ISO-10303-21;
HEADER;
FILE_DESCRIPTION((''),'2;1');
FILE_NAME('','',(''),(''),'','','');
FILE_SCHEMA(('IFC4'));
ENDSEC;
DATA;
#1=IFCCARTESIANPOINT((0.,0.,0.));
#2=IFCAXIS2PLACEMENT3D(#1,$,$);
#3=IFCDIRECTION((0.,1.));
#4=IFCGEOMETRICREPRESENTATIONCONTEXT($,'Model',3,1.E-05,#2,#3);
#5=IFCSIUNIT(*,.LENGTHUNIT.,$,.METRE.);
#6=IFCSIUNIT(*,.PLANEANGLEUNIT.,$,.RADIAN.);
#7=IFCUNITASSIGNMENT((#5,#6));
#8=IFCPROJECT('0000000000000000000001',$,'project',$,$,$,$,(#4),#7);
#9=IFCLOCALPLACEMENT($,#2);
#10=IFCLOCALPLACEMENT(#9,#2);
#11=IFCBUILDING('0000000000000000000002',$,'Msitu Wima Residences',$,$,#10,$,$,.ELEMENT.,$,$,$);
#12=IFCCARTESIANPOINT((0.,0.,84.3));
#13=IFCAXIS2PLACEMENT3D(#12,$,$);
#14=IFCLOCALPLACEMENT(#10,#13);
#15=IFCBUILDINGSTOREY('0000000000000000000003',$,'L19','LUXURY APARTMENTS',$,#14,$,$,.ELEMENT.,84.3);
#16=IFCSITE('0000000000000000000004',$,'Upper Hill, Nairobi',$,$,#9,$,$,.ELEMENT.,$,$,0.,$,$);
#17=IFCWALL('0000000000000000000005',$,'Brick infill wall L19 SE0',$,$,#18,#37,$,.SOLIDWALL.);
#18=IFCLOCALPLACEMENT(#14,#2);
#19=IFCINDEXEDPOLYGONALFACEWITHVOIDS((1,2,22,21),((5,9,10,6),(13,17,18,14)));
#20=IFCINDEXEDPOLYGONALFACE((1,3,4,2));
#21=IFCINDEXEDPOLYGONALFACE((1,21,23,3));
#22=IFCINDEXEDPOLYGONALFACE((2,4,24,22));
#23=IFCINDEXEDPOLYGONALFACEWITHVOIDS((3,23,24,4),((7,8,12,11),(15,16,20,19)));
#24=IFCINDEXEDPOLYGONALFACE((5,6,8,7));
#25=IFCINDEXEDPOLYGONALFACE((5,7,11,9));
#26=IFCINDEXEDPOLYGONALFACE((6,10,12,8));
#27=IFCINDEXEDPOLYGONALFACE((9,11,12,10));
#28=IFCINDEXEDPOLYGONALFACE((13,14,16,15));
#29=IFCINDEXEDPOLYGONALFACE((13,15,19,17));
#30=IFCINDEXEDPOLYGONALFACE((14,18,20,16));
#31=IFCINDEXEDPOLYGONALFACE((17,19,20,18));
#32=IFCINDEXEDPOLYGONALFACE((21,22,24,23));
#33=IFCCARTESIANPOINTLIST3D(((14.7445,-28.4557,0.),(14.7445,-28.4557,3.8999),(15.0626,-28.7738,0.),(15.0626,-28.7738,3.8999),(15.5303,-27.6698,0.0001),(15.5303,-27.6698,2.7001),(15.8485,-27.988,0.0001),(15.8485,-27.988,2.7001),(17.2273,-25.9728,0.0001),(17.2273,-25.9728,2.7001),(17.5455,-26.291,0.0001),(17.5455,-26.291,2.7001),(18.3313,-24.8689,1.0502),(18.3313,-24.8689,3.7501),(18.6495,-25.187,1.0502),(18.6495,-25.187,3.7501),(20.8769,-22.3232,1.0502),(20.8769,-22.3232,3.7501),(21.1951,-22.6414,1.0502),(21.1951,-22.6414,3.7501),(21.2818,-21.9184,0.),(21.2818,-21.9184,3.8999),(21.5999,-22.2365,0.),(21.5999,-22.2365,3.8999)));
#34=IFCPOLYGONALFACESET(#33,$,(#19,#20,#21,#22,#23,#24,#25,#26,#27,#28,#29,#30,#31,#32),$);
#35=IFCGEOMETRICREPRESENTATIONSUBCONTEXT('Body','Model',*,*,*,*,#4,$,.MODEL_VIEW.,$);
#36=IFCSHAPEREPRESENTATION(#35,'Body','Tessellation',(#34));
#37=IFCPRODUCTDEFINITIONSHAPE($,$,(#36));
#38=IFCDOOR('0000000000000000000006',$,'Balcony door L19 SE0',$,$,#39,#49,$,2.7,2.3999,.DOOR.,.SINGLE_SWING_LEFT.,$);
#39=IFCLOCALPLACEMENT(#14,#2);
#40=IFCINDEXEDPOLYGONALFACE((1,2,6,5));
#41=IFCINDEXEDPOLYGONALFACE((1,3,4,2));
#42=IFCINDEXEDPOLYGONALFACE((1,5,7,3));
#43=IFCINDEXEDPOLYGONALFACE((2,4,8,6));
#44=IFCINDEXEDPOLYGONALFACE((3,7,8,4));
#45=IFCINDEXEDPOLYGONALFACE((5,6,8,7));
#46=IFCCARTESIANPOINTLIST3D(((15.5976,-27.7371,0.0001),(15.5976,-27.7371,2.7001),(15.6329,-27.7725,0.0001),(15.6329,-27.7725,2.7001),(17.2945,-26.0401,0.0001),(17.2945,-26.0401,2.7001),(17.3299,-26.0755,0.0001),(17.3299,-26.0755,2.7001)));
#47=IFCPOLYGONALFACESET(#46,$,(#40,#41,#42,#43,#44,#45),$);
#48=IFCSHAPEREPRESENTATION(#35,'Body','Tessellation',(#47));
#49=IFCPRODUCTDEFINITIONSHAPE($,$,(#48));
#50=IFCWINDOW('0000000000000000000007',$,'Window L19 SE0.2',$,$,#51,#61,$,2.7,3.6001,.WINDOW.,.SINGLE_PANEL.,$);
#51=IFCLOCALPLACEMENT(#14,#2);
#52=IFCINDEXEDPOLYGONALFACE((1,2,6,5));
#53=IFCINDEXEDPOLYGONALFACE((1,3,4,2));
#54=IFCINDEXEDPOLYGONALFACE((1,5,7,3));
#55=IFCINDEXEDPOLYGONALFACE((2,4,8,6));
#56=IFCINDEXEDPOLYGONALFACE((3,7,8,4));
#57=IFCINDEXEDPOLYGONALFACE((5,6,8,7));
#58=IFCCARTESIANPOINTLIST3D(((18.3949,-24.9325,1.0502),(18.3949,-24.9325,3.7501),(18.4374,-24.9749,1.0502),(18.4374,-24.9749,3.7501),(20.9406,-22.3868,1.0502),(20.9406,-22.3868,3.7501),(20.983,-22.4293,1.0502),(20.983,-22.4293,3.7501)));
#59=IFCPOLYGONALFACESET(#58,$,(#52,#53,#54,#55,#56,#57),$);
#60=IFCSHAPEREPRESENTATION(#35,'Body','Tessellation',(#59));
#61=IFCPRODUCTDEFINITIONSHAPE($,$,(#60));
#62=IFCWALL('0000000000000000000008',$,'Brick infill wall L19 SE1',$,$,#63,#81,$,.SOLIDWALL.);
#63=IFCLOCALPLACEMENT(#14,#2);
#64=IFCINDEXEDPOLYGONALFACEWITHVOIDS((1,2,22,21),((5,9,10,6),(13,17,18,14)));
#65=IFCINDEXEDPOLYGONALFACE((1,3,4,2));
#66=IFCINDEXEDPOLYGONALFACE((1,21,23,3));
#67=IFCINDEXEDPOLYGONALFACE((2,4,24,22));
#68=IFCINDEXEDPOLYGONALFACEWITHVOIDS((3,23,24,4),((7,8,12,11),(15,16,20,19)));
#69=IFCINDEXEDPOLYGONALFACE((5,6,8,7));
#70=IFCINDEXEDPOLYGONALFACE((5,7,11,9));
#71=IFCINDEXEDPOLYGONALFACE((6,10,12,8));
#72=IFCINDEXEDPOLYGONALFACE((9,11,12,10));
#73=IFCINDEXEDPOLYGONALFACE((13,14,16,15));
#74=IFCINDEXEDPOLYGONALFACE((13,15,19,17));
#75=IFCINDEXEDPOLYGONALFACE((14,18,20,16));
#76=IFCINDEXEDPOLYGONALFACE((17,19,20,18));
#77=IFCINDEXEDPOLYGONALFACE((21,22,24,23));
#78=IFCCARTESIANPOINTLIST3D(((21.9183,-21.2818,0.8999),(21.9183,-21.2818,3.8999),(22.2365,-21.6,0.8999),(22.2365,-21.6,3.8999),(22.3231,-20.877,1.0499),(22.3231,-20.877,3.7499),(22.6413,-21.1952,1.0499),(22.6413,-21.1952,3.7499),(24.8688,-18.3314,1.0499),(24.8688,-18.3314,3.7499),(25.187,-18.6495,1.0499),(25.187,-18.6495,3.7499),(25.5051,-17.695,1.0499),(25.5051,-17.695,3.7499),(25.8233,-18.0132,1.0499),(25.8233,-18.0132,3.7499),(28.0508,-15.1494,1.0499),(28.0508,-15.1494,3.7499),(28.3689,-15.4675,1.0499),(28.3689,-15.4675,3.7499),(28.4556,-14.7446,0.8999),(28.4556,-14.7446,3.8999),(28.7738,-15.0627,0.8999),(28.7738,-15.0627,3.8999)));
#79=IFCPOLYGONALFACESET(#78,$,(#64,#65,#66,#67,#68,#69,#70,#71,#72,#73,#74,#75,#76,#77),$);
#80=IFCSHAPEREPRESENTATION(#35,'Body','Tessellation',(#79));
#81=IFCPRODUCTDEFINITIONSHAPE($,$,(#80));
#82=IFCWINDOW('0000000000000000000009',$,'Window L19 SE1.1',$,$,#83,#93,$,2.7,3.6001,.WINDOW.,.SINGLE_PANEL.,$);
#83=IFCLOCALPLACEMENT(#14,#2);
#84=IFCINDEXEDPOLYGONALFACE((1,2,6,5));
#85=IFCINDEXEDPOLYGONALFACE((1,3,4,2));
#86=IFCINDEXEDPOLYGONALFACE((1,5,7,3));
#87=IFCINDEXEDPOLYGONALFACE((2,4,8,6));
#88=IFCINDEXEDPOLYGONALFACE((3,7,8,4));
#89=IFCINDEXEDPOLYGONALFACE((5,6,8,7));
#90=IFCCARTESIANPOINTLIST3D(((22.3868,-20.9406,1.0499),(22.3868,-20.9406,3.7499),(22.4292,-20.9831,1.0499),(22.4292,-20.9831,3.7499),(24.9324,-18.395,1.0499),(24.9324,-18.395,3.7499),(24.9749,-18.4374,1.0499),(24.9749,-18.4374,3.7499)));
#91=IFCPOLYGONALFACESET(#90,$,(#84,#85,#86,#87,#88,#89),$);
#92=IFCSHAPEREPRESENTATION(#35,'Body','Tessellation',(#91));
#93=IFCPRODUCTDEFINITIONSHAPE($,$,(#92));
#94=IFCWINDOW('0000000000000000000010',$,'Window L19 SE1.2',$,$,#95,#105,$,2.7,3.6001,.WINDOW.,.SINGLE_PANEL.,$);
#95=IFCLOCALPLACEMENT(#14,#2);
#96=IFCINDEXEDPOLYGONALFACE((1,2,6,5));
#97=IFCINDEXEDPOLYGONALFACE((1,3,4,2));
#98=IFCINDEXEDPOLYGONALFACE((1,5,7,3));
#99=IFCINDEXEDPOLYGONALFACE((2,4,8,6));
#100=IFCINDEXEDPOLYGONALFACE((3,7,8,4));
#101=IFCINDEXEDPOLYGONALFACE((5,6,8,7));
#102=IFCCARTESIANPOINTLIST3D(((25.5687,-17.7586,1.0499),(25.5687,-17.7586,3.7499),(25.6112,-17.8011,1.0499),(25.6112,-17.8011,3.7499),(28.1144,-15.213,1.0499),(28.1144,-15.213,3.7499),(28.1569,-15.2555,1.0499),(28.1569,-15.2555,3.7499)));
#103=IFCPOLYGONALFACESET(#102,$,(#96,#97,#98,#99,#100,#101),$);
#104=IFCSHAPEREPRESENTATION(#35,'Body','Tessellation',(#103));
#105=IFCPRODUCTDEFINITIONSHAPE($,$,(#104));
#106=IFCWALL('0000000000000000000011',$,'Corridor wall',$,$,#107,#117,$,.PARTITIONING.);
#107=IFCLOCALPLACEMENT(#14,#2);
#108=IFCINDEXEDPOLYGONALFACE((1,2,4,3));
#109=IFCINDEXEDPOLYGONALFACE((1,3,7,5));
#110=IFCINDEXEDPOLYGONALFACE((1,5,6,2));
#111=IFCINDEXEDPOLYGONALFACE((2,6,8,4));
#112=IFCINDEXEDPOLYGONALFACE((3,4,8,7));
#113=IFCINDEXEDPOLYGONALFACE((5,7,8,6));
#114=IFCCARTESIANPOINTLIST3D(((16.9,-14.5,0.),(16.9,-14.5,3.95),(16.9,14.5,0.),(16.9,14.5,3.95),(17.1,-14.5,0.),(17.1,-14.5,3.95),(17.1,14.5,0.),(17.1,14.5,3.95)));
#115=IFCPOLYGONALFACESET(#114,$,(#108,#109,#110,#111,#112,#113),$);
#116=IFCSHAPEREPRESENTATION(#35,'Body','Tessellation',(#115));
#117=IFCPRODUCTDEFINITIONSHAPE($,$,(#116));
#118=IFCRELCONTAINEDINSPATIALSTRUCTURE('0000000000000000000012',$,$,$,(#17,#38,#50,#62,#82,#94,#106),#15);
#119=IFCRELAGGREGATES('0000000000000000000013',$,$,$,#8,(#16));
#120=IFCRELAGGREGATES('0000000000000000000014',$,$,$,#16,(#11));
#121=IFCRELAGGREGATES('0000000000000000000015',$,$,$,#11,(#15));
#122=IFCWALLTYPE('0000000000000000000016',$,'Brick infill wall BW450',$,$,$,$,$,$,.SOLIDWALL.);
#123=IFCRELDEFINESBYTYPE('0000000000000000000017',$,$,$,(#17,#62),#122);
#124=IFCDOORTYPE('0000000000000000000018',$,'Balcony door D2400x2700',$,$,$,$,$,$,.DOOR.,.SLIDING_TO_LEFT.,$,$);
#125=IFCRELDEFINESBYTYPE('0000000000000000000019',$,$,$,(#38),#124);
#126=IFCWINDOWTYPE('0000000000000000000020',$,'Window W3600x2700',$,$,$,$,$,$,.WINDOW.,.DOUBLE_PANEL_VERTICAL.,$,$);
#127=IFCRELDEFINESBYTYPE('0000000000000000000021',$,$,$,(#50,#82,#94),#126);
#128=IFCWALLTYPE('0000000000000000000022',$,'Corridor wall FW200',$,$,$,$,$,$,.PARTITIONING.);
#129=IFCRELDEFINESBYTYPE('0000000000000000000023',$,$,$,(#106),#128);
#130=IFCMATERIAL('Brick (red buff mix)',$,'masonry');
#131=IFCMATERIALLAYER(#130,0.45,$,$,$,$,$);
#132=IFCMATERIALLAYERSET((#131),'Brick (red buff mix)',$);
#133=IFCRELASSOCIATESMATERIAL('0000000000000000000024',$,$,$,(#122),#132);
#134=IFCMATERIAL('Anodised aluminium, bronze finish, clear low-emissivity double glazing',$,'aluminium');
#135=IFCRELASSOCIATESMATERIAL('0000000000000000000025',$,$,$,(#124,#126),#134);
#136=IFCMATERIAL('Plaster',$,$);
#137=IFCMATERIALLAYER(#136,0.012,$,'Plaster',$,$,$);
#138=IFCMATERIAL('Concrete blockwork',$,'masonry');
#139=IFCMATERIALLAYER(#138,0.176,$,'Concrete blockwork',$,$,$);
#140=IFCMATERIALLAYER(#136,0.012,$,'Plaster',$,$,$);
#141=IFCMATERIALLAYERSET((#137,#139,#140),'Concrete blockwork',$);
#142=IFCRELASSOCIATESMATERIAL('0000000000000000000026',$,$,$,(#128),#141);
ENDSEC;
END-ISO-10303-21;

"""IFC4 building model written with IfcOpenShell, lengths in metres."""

from ifc_helpers import new_model, si_unit, direction, frame, frame_2d, origin, place, context, subcontext, project, spatial, rectangle, extrude, material, layer, layer_set, type_object, element, fill, save


model = new_model("IFC4")

# Units and contexts
model_context = context("Model", 3, precision=1e-05, world=origin(), true_north=direction((0.0, 1.0)))
body_context = subcontext(model_context, "Body", "Model", "MODEL_VIEW")
ifc_project = project(units=[si_unit("LENGTHUNIT", "METRE"), si_unit("PLANEANGLEUNIT", "RADIAN")], contexts=[model_context])

# Site, building, storey
site_placement = place(None, origin())
site = spatial("IfcSite", under=ifc_project, at=site_placement, Name="Upper Hill, Nairobi", CompositionType="ELEMENT", RefElevation=0.0)
building_placement = place(site_placement, origin())
building = spatial("IfcBuilding", under=site, at=building_placement, Name="Msitu Wima Residences", CompositionType="ELEMENT")
storey_placement = place(building_placement, frame((0.0, 0.0, 84.3)))
storey = spatial("IfcBuildingStorey", under=building, at=storey_placement, Name="L19", Description="LUXURY APARTMENTS", CompositionType="ELEMENT", Elevation=84.3)

# Wall, openings, door, window
ifc_material_1 = material(Name="Brick (red buff mix)", Category="masonry")
ifc_layer_1 = layer(ifc_material_1, 0.45)
ifc_layer_set_1 = layer_set([ifc_layer_1], Name="Brick (red buff mix)")
wall_type_1 = type_object("IfcWallType", Name="Brick infill wall BW450", PredefinedType="SOLIDWALL", material=ifc_layer_set_1)
wall_1_placement = place(storey_placement, frame((14.9036, -28.6147, 0.0), z_axis=(0.0, 0.0, 1.0), x_axis=(0.707107, 0.707107, 0.0)))
wall_1 = element("IfcWall", 1, at=wall_1_placement, inside=storey, type_object=wall_type_1, Name="Brick infill wall L19 SE0", PredefinedType="SOLIDWALL", context=body_context, shape_type="SweptSolid", body=[
    extrude(rectangle(XDim=9.2451, YDim=0.45, at=frame_2d((4.6226, 0.0))), origin(), (0.0, 0.0, 1.0), 3.8999),
])
opening_1_placement = place(wall_1_placement, frame((1.1113, 0.0, 0.0)))
opening_1 = element("IfcOpeningElement", 2, at=opening_1_placement, cuts=wall_1, PredefinedType="OPENING", context=body_context, shape_type="SweptSolid", body=[
    extrude(rectangle(XDim=2.3999, YDim=2.7, at=frame_2d((1.2, 1.3501))), frame((0.0, 0.2349, 0.0), z_axis=(0.0, -1.0, 0.0), x_axis=(1.0, 0.0, 0.0)), (0.0, 0.0, 1.0), 0.47),
])
opening_2_placement = place(wall_1_placement, frame((5.0725, 0.0, 1.05)))
opening_2 = element("IfcOpeningElement", 3, at=opening_2_placement, cuts=wall_1, PredefinedType="OPENING", context=body_context, shape_type="SweptSolid", body=[
    extrude(rectangle(XDim=3.6001, YDim=2.7, at=frame_2d((1.8, 1.3501))), frame((0.0, 0.2349, 0.0), z_axis=(0.0, -1.0, 0.0), x_axis=(1.0, 0.0, 0.0)), (0.0, 0.0, 1.0), 0.47),
])
ifc_material_2 = material(Name="Anodised aluminium, bronze finish, clear low-emissivity double glazing", Category="aluminium")
door_type_1 = type_object("IfcDoorType", Name="Balcony door D2400x2700", OperationType="SLIDING_TO_LEFT", PredefinedType="DOOR", material=ifc_material_2)
door_1_placement = place(opening_1_placement, origin())
door_1 = element("IfcDoor", 4, at=door_1_placement, inside=storey, type_object=door_type_1, Name="Balcony door L19 SE0", OperationType="SINGLE_SWING_LEFT", OverallHeight=2.7, OverallWidth=2.3999, PredefinedType="DOOR", context=body_context, shape_type="SweptSolid", body=[
    extrude(rectangle(XDim=2.3999, YDim=2.7, at=frame_2d((1.2, 1.3501))), frame((0.0, 0.1299, 0.0), z_axis=(0.0, -1.0, 0.0), x_axis=(1.0, 0.0, 0.0)), (0.0, 0.0, 1.0), 0.05),
])
fill(opening_1, door_1)
window_type = type_object("IfcWindowType", Name="Window W3600x2700", PartitioningType="DOUBLE_PANEL_VERTICAL", PredefinedType="WINDOW", material=ifc_material_2)
window_1_placement = place(opening_2_placement, origin())
window_1 = element("IfcWindow", 5, at=window_1_placement, inside=storey, type_object=window_type, Name="Window L19 SE0.2", OverallHeight=2.7, OverallWidth=3.6001, PartitioningType="SINGLE_PANEL", PredefinedType="WINDOW", context=body_context, shape_type="SweptSolid", body=[
    extrude(rectangle(XDim=3.6001, YDim=2.7, at=frame_2d((1.8, 1.3501))), frame((0.0, 0.135, 0.0), z_axis=(0.0, -1.0, 0.0), x_axis=(1.0, 0.0, 0.0)), (0.0, 0.0, 1.0), 0.0601),
])
fill(opening_2, window_1)

# Wall, openings, windows
wall_2_placement = place(storey_placement, frame((22.0774, -21.4409, 0.8999), z_axis=(0.0, 0.0, 1.0), x_axis=(0.707107, 0.707107, 0.0)))
wall_2 = element("IfcWall", 6, at=wall_2_placement, inside=storey, type_object=wall_type_1, Name="Brick infill wall L19 SE1", PredefinedType="SOLIDWALL", context=body_context, shape_type="SweptSolid", body=[
    extrude(rectangle(XDim=9.2451, YDim=0.45, at=frame_2d((4.6226, 0.0))), origin(), (0.0, 0.0, 1.0), 3.0),
])
opening_3_placement = place(wall_2_placement, frame((0.5725, 0.0, 0.1499)))
opening_3 = element("IfcOpeningElement", 7, at=opening_3_placement, cuts=wall_2, PredefinedType="OPENING", context=body_context, shape_type="SweptSolid", body=[
    extrude(rectangle(XDim=3.6001, YDim=2.7, at=frame_2d((1.8, 1.3501))), frame((0.0, 0.2349, 0.0), z_axis=(0.0, -1.0, 0.0), x_axis=(1.0, 0.0, 0.0)), (0.0, 0.0, 1.0), 0.47),
])
opening_4_placement = place(wall_2_placement, frame((5.0725, 0.0, 0.1499)))
opening_4 = element("IfcOpeningElement", 8, at=opening_4_placement, cuts=wall_2, PredefinedType="OPENING", context=body_context, shape_type="SweptSolid", body=[
    extrude(rectangle(XDim=3.6001, YDim=2.7, at=frame_2d((1.8, 1.3501))), frame((0.0, 0.2349, 0.0), z_axis=(0.0, -1.0, 0.0), x_axis=(1.0, 0.0, 0.0)), (0.0, 0.0, 1.0), 0.47),
])
window_2_placement = place(opening_3_placement, origin())
window_2 = element("IfcWindow", 9, at=window_2_placement, inside=storey, type_object=window_type, Name="Window L19 SE1.1", OverallHeight=2.7, OverallWidth=3.6001, PartitioningType="SINGLE_PANEL", PredefinedType="WINDOW", context=body_context, shape_type="SweptSolid", body=[
    extrude(rectangle(XDim=3.6001, YDim=2.7, at=frame_2d((1.8, 1.3501))), frame((0.0, 0.135, 0.0), z_axis=(0.0, -1.0, 0.0), x_axis=(1.0, 0.0, 0.0)), (0.0, 0.0, 1.0), 0.0601),
])
fill(opening_3, window_2)
window_3_placement = place(opening_4_placement, origin())
window_3 = element("IfcWindow", 10, at=window_3_placement, inside=storey, type_object=window_type, Name="Window L19 SE1.2", OverallHeight=2.7, OverallWidth=3.6001, PartitioningType="SINGLE_PANEL", PredefinedType="WINDOW", context=body_context, shape_type="SweptSolid", body=[
    extrude(rectangle(XDim=3.6001, YDim=2.7, at=frame_2d((1.8, 1.3501))), frame((0.0, 0.135, 0.0), z_axis=(0.0, -1.0, 0.0), x_axis=(1.0, 0.0, 0.0)), (0.0, 0.0, 1.0), 0.0601),
])
fill(opening_4, window_3)

# Wall
ifc_material_3 = material(Name="Plaster")
ifc_layer_2 = layer(ifc_material_3, 0.012, Name="Plaster")
ifc_material_4 = material(Name="Concrete blockwork", Category="masonry")
ifc_layer_3 = layer(ifc_material_4, 0.176, Name="Concrete blockwork")
ifc_layer_4 = layer(ifc_material_3, 0.012, Name="Plaster")
ifc_layer_set_2 = layer_set([ifc_layer_2, ifc_layer_3, ifc_layer_4], Name="Concrete blockwork")
wall_type_2 = type_object("IfcWallType", Name="Corridor wall FW200", PredefinedType="PARTITIONING", material=ifc_layer_set_2)
wall_3_placement = place(storey_placement, frame((17.0, -14.5, 0.0), z_axis=(0.0, 0.0, 1.0), x_axis=(0.0, 1.0, 0.0)))
element("IfcWall", 11, at=wall_3_placement, inside=storey, type_object=wall_type_2, Name="Corridor wall", PredefinedType="PARTITIONING", context=body_context, shape_type="SweptSolid", body=[
    extrude(rectangle(XDim=29.0, YDim=0.2, at=frame_2d((14.5, 0.0))), origin(), (0.0, 0.0, 1.0), 3.95),
])

save(model, "model.ifc")
